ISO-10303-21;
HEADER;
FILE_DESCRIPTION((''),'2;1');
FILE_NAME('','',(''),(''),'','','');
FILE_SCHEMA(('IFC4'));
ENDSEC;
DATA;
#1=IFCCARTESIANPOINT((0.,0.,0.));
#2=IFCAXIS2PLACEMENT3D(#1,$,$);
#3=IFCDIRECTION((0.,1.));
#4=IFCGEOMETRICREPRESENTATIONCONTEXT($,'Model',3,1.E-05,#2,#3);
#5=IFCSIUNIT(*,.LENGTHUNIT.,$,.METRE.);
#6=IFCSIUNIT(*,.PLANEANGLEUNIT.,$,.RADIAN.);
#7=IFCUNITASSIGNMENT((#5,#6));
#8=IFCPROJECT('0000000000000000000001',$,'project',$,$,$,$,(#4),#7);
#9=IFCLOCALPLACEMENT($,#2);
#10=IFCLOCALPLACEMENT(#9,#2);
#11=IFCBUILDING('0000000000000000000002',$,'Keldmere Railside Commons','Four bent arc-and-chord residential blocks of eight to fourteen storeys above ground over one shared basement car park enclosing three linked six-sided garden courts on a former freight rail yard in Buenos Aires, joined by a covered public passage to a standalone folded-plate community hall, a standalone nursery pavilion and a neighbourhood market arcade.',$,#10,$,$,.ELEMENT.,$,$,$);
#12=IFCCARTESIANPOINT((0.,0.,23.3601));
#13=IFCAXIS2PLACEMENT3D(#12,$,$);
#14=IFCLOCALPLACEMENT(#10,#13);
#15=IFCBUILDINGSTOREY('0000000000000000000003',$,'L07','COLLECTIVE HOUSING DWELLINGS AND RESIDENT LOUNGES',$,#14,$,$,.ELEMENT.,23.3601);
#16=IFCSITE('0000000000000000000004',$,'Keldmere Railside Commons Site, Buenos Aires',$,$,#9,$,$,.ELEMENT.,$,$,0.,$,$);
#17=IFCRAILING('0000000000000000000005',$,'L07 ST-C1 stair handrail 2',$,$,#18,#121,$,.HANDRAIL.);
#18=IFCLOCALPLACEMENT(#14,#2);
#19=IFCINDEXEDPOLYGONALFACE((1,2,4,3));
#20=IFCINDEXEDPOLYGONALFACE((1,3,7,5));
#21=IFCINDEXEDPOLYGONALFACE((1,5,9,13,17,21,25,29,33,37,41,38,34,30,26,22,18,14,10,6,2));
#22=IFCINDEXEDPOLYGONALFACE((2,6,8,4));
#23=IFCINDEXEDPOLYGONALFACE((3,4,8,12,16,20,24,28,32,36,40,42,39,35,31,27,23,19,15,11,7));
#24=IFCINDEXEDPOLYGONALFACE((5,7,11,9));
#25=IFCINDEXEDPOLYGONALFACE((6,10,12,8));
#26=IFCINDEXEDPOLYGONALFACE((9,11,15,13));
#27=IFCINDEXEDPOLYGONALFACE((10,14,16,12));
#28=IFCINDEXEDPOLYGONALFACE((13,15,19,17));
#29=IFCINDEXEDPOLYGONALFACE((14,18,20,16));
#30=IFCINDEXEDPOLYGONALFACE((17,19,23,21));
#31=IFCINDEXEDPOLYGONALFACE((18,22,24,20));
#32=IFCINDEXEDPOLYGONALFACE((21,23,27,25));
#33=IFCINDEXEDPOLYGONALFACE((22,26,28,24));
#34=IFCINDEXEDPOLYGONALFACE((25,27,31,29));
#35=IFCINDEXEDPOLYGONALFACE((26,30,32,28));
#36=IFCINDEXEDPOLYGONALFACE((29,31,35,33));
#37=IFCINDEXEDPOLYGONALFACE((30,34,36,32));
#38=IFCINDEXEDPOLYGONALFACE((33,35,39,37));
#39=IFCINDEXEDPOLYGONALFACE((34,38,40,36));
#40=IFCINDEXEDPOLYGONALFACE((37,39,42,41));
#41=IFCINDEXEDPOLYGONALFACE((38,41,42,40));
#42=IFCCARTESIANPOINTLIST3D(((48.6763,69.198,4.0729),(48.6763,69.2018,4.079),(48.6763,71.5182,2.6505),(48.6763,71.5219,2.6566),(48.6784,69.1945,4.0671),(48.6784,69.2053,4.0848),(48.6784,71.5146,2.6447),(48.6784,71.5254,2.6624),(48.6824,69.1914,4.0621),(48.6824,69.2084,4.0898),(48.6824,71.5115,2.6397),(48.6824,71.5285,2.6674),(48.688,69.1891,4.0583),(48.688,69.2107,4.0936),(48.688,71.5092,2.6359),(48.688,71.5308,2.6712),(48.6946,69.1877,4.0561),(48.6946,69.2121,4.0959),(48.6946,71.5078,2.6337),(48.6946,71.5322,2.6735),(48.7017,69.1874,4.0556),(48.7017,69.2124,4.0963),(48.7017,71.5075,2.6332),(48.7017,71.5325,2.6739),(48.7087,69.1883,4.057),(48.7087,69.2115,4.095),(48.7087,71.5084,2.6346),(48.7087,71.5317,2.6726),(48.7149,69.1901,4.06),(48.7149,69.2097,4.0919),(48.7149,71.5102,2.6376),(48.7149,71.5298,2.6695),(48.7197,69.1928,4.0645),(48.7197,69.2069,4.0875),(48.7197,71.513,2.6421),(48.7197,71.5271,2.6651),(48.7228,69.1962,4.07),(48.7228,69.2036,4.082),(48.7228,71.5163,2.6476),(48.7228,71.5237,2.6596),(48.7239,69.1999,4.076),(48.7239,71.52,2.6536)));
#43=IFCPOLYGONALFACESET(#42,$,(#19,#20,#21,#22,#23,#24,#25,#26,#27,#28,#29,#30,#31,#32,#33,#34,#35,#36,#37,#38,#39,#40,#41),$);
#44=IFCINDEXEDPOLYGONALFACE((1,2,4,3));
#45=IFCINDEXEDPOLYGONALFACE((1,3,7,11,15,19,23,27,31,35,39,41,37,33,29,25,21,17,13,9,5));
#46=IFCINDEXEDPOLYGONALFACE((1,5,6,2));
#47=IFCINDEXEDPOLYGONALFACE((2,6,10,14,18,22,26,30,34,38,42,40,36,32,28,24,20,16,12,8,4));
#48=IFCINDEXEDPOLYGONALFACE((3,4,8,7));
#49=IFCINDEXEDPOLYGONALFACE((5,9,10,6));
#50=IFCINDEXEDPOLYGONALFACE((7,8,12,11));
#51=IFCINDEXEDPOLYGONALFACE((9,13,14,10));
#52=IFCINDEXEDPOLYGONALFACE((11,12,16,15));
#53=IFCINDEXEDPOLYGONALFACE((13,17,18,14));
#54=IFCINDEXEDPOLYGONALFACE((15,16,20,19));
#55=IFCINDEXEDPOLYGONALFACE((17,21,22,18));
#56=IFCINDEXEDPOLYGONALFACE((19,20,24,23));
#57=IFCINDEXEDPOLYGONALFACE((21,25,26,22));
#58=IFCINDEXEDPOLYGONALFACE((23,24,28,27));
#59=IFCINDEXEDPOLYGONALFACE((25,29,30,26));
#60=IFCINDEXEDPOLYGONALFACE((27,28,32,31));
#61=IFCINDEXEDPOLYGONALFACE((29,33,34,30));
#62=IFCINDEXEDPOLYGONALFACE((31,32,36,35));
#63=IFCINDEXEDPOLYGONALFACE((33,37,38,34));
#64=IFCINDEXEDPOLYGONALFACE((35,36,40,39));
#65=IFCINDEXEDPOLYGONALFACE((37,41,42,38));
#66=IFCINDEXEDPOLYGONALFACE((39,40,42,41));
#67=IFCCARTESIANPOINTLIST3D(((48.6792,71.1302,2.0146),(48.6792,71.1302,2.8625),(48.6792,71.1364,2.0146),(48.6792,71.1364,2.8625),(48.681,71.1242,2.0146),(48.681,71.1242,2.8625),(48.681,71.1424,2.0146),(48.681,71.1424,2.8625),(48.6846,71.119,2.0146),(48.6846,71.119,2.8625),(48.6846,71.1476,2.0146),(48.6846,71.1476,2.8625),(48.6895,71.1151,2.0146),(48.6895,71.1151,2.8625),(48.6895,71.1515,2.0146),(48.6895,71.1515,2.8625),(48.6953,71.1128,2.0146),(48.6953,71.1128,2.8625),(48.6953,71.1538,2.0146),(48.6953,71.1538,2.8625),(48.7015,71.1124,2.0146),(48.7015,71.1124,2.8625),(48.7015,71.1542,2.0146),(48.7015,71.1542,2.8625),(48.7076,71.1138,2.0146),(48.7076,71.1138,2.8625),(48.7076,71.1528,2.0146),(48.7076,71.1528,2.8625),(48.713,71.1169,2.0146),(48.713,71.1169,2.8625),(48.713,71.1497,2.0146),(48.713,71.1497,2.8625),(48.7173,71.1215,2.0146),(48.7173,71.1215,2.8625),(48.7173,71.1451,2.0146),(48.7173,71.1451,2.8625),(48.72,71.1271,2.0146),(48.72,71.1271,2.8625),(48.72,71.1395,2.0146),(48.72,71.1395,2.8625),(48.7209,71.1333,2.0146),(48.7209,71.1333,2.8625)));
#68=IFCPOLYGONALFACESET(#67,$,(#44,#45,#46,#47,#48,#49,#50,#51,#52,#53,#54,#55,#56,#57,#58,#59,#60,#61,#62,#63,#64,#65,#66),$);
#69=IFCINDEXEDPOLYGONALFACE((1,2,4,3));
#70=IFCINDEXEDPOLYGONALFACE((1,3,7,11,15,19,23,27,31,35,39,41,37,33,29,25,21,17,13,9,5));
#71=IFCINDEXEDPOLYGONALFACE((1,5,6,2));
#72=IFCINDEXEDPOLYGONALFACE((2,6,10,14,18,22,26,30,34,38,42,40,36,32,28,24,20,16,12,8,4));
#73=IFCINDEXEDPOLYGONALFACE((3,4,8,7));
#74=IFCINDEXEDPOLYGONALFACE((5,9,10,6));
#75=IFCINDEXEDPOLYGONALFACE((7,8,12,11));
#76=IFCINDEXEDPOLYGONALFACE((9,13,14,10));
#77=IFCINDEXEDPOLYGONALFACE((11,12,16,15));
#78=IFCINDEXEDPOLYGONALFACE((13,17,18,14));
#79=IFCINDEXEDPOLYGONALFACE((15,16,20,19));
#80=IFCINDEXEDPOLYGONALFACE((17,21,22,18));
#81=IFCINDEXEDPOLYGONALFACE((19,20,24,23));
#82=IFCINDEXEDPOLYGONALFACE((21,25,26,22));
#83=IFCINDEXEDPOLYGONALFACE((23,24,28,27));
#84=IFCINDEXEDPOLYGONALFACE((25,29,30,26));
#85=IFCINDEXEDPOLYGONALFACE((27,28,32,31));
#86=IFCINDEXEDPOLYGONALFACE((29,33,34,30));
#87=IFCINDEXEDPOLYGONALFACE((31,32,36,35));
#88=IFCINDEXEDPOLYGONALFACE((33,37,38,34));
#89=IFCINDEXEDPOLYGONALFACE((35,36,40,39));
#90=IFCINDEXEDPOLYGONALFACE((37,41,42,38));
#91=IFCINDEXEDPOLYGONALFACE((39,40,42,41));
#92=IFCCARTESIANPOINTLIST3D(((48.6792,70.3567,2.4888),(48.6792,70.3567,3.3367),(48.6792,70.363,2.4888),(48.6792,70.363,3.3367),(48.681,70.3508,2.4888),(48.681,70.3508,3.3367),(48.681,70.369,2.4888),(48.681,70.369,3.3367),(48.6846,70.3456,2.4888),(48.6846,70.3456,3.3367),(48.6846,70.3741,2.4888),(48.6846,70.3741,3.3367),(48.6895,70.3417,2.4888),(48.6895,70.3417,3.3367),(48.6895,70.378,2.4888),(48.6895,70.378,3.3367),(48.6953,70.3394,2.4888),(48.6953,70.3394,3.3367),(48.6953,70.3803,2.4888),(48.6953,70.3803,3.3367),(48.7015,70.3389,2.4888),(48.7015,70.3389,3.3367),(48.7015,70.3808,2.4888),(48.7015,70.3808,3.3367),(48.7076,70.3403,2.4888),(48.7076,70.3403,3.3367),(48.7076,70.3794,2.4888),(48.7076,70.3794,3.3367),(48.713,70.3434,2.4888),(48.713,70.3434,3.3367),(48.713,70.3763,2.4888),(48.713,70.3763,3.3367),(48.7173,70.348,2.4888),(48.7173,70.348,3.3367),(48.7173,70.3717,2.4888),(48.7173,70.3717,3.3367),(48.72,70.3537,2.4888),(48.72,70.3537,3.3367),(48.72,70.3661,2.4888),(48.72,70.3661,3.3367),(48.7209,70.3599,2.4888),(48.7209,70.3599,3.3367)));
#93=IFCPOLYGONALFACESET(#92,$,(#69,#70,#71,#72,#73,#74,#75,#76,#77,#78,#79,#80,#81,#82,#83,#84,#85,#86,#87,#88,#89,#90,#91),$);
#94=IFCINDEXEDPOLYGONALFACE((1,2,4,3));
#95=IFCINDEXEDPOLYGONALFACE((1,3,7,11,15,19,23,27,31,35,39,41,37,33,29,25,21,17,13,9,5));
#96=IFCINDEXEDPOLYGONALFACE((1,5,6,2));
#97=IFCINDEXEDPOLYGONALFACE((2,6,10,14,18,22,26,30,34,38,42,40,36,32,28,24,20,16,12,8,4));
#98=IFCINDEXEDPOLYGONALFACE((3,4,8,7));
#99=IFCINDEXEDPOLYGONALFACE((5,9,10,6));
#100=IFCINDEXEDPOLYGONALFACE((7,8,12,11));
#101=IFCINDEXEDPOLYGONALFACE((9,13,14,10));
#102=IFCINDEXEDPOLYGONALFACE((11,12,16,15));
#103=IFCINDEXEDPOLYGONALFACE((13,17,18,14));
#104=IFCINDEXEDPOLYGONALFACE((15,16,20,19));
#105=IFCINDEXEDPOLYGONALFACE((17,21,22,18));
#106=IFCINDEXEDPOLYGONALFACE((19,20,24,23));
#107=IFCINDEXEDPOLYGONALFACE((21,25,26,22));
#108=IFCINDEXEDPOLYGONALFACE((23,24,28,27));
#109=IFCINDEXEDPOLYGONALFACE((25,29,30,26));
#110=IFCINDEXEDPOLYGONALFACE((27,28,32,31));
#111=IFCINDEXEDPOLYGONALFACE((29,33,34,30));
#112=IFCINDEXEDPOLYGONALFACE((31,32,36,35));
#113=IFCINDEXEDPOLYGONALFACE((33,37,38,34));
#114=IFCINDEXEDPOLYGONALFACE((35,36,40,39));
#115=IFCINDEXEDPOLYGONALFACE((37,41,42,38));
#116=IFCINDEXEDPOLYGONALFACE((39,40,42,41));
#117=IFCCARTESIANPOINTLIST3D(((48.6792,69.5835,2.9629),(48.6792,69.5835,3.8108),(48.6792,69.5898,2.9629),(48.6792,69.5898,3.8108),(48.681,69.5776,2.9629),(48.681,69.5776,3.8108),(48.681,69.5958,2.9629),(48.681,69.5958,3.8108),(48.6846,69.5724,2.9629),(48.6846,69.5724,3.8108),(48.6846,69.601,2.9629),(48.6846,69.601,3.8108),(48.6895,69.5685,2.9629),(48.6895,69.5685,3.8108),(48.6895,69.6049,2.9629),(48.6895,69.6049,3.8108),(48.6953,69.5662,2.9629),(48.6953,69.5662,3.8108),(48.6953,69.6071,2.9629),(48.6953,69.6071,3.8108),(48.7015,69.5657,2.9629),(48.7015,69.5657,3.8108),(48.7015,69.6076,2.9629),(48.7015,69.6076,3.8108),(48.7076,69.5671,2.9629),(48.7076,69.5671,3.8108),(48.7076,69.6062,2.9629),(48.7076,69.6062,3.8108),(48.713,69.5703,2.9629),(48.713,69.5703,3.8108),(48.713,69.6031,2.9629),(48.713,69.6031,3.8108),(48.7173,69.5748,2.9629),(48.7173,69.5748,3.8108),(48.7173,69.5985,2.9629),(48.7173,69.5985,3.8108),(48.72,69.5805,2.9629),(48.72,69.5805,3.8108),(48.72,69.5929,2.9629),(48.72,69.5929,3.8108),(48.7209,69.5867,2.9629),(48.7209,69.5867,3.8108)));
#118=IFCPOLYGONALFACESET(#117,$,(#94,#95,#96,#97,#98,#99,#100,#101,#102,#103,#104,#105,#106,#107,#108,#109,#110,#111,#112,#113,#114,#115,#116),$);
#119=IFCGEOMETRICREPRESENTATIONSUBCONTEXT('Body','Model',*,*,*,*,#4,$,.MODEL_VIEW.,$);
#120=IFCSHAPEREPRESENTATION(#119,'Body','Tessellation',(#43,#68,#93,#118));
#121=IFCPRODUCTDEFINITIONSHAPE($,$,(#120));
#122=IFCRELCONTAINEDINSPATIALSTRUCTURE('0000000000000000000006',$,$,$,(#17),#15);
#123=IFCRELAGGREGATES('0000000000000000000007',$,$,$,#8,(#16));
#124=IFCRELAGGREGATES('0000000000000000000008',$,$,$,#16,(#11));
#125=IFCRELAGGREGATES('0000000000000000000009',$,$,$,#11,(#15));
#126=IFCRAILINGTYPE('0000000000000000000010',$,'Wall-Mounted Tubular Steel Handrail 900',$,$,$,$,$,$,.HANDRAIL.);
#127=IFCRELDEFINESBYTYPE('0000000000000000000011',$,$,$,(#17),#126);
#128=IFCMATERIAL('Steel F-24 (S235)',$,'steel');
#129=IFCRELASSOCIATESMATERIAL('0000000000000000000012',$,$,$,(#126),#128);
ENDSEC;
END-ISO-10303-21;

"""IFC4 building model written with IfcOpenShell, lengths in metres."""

from ifc_helpers import new_model, si_unit, direction, frame, origin, origin_2d, place, context, subcontext, project, spatial, circle, extrude, material, type_object, element, save


model = new_model("IFC4")

# Units and contexts
model_context = context("Model", 3, precision=1e-05, world=origin(), true_north=direction((0.0, 1.0)))
body_context = subcontext(model_context, "Body", "Model", "MODEL_VIEW")
ifc_project = project(units=[si_unit("LENGTHUNIT", "METRE"), si_unit("PLANEANGLEUNIT", "RADIAN")], contexts=[model_context])

# Site, building, storey
site_placement = place(None, origin())
site = spatial("IfcSite", under=ifc_project, at=site_placement, Name="Keldmere Railside Commons Site, Buenos Aires", CompositionType="ELEMENT", RefElevation=0.0)
building_placement = place(site_placement, origin())
building = spatial("IfcBuilding", under=site, at=building_placement, Name="Keldmere Railside Commons", Description="Four bent arc-and-chord residential blocks of eight to fourteen storeys above ground over one shared basement car park enclosing three linked six-sided garden courts on a former freight rail yard in Buenos Aires, joined by a covered public passage to a standalone folded-plate community hall, a standalone nursery pavilion and a neighbourhood market arcade.", CompositionType="ELEMENT")
storey_placement = place(building_placement, frame((0.0, 0.0, 23.3601)))
storey = spatial("IfcBuildingStorey", under=building, at=storey_placement, Name="L07", Description="COLLECTIVE HOUSING DWELLINGS AND RESIDENT LOUNGES", CompositionType="ELEMENT", Elevation=23.3601)

# Shared definitions
ifc_material_1 = material(Name="Steel F-24 (S235)", Category="steel")

# Railing
railing_type_1 = type_object("IfcRailingType", Name="Wall-Mounted Tubular Steel Handrail 900", PredefinedType="HANDRAIL", material=ifc_material_1)
railing_1_placement = place(storey_placement, frame((48.7, 71.52, 1.7776)))
element("IfcRailing", 1, at=railing_1_placement, inside=storey, type_object=railing_type_1, Name="L07 ST-C1 stair handrail 2", PredefinedType="HANDRAIL", context=body_context, shape_type="SweptSolid", body=[
    extrude(circle(Radius=0.0239, at=origin_2d()), frame((0.0, 0.0, 0.876), z_axis=(0.0, -0.852538, 0.522665), x_axis=(1.0, 0.0, 0.0)), (0.0, 0.0, 1.0), 2.7214),
    extrude(circle(Radius=0.021, at=origin_2d()), frame((0.0, -0.3867, 0.2371)), (0.0, 0.0, 1.0), 0.8479),
    extrude(circle(Radius=0.021, at=origin_2d()), frame((0.0, -1.1602, 0.7112)), (0.0, 0.0, 1.0), 0.8479),
    extrude(circle(Radius=0.021, at=origin_2d()), frame((0.0, -1.9333, 1.1853)), (0.0, 0.0, 1.0), 0.8479),
])

save(model, "model.ifc")
